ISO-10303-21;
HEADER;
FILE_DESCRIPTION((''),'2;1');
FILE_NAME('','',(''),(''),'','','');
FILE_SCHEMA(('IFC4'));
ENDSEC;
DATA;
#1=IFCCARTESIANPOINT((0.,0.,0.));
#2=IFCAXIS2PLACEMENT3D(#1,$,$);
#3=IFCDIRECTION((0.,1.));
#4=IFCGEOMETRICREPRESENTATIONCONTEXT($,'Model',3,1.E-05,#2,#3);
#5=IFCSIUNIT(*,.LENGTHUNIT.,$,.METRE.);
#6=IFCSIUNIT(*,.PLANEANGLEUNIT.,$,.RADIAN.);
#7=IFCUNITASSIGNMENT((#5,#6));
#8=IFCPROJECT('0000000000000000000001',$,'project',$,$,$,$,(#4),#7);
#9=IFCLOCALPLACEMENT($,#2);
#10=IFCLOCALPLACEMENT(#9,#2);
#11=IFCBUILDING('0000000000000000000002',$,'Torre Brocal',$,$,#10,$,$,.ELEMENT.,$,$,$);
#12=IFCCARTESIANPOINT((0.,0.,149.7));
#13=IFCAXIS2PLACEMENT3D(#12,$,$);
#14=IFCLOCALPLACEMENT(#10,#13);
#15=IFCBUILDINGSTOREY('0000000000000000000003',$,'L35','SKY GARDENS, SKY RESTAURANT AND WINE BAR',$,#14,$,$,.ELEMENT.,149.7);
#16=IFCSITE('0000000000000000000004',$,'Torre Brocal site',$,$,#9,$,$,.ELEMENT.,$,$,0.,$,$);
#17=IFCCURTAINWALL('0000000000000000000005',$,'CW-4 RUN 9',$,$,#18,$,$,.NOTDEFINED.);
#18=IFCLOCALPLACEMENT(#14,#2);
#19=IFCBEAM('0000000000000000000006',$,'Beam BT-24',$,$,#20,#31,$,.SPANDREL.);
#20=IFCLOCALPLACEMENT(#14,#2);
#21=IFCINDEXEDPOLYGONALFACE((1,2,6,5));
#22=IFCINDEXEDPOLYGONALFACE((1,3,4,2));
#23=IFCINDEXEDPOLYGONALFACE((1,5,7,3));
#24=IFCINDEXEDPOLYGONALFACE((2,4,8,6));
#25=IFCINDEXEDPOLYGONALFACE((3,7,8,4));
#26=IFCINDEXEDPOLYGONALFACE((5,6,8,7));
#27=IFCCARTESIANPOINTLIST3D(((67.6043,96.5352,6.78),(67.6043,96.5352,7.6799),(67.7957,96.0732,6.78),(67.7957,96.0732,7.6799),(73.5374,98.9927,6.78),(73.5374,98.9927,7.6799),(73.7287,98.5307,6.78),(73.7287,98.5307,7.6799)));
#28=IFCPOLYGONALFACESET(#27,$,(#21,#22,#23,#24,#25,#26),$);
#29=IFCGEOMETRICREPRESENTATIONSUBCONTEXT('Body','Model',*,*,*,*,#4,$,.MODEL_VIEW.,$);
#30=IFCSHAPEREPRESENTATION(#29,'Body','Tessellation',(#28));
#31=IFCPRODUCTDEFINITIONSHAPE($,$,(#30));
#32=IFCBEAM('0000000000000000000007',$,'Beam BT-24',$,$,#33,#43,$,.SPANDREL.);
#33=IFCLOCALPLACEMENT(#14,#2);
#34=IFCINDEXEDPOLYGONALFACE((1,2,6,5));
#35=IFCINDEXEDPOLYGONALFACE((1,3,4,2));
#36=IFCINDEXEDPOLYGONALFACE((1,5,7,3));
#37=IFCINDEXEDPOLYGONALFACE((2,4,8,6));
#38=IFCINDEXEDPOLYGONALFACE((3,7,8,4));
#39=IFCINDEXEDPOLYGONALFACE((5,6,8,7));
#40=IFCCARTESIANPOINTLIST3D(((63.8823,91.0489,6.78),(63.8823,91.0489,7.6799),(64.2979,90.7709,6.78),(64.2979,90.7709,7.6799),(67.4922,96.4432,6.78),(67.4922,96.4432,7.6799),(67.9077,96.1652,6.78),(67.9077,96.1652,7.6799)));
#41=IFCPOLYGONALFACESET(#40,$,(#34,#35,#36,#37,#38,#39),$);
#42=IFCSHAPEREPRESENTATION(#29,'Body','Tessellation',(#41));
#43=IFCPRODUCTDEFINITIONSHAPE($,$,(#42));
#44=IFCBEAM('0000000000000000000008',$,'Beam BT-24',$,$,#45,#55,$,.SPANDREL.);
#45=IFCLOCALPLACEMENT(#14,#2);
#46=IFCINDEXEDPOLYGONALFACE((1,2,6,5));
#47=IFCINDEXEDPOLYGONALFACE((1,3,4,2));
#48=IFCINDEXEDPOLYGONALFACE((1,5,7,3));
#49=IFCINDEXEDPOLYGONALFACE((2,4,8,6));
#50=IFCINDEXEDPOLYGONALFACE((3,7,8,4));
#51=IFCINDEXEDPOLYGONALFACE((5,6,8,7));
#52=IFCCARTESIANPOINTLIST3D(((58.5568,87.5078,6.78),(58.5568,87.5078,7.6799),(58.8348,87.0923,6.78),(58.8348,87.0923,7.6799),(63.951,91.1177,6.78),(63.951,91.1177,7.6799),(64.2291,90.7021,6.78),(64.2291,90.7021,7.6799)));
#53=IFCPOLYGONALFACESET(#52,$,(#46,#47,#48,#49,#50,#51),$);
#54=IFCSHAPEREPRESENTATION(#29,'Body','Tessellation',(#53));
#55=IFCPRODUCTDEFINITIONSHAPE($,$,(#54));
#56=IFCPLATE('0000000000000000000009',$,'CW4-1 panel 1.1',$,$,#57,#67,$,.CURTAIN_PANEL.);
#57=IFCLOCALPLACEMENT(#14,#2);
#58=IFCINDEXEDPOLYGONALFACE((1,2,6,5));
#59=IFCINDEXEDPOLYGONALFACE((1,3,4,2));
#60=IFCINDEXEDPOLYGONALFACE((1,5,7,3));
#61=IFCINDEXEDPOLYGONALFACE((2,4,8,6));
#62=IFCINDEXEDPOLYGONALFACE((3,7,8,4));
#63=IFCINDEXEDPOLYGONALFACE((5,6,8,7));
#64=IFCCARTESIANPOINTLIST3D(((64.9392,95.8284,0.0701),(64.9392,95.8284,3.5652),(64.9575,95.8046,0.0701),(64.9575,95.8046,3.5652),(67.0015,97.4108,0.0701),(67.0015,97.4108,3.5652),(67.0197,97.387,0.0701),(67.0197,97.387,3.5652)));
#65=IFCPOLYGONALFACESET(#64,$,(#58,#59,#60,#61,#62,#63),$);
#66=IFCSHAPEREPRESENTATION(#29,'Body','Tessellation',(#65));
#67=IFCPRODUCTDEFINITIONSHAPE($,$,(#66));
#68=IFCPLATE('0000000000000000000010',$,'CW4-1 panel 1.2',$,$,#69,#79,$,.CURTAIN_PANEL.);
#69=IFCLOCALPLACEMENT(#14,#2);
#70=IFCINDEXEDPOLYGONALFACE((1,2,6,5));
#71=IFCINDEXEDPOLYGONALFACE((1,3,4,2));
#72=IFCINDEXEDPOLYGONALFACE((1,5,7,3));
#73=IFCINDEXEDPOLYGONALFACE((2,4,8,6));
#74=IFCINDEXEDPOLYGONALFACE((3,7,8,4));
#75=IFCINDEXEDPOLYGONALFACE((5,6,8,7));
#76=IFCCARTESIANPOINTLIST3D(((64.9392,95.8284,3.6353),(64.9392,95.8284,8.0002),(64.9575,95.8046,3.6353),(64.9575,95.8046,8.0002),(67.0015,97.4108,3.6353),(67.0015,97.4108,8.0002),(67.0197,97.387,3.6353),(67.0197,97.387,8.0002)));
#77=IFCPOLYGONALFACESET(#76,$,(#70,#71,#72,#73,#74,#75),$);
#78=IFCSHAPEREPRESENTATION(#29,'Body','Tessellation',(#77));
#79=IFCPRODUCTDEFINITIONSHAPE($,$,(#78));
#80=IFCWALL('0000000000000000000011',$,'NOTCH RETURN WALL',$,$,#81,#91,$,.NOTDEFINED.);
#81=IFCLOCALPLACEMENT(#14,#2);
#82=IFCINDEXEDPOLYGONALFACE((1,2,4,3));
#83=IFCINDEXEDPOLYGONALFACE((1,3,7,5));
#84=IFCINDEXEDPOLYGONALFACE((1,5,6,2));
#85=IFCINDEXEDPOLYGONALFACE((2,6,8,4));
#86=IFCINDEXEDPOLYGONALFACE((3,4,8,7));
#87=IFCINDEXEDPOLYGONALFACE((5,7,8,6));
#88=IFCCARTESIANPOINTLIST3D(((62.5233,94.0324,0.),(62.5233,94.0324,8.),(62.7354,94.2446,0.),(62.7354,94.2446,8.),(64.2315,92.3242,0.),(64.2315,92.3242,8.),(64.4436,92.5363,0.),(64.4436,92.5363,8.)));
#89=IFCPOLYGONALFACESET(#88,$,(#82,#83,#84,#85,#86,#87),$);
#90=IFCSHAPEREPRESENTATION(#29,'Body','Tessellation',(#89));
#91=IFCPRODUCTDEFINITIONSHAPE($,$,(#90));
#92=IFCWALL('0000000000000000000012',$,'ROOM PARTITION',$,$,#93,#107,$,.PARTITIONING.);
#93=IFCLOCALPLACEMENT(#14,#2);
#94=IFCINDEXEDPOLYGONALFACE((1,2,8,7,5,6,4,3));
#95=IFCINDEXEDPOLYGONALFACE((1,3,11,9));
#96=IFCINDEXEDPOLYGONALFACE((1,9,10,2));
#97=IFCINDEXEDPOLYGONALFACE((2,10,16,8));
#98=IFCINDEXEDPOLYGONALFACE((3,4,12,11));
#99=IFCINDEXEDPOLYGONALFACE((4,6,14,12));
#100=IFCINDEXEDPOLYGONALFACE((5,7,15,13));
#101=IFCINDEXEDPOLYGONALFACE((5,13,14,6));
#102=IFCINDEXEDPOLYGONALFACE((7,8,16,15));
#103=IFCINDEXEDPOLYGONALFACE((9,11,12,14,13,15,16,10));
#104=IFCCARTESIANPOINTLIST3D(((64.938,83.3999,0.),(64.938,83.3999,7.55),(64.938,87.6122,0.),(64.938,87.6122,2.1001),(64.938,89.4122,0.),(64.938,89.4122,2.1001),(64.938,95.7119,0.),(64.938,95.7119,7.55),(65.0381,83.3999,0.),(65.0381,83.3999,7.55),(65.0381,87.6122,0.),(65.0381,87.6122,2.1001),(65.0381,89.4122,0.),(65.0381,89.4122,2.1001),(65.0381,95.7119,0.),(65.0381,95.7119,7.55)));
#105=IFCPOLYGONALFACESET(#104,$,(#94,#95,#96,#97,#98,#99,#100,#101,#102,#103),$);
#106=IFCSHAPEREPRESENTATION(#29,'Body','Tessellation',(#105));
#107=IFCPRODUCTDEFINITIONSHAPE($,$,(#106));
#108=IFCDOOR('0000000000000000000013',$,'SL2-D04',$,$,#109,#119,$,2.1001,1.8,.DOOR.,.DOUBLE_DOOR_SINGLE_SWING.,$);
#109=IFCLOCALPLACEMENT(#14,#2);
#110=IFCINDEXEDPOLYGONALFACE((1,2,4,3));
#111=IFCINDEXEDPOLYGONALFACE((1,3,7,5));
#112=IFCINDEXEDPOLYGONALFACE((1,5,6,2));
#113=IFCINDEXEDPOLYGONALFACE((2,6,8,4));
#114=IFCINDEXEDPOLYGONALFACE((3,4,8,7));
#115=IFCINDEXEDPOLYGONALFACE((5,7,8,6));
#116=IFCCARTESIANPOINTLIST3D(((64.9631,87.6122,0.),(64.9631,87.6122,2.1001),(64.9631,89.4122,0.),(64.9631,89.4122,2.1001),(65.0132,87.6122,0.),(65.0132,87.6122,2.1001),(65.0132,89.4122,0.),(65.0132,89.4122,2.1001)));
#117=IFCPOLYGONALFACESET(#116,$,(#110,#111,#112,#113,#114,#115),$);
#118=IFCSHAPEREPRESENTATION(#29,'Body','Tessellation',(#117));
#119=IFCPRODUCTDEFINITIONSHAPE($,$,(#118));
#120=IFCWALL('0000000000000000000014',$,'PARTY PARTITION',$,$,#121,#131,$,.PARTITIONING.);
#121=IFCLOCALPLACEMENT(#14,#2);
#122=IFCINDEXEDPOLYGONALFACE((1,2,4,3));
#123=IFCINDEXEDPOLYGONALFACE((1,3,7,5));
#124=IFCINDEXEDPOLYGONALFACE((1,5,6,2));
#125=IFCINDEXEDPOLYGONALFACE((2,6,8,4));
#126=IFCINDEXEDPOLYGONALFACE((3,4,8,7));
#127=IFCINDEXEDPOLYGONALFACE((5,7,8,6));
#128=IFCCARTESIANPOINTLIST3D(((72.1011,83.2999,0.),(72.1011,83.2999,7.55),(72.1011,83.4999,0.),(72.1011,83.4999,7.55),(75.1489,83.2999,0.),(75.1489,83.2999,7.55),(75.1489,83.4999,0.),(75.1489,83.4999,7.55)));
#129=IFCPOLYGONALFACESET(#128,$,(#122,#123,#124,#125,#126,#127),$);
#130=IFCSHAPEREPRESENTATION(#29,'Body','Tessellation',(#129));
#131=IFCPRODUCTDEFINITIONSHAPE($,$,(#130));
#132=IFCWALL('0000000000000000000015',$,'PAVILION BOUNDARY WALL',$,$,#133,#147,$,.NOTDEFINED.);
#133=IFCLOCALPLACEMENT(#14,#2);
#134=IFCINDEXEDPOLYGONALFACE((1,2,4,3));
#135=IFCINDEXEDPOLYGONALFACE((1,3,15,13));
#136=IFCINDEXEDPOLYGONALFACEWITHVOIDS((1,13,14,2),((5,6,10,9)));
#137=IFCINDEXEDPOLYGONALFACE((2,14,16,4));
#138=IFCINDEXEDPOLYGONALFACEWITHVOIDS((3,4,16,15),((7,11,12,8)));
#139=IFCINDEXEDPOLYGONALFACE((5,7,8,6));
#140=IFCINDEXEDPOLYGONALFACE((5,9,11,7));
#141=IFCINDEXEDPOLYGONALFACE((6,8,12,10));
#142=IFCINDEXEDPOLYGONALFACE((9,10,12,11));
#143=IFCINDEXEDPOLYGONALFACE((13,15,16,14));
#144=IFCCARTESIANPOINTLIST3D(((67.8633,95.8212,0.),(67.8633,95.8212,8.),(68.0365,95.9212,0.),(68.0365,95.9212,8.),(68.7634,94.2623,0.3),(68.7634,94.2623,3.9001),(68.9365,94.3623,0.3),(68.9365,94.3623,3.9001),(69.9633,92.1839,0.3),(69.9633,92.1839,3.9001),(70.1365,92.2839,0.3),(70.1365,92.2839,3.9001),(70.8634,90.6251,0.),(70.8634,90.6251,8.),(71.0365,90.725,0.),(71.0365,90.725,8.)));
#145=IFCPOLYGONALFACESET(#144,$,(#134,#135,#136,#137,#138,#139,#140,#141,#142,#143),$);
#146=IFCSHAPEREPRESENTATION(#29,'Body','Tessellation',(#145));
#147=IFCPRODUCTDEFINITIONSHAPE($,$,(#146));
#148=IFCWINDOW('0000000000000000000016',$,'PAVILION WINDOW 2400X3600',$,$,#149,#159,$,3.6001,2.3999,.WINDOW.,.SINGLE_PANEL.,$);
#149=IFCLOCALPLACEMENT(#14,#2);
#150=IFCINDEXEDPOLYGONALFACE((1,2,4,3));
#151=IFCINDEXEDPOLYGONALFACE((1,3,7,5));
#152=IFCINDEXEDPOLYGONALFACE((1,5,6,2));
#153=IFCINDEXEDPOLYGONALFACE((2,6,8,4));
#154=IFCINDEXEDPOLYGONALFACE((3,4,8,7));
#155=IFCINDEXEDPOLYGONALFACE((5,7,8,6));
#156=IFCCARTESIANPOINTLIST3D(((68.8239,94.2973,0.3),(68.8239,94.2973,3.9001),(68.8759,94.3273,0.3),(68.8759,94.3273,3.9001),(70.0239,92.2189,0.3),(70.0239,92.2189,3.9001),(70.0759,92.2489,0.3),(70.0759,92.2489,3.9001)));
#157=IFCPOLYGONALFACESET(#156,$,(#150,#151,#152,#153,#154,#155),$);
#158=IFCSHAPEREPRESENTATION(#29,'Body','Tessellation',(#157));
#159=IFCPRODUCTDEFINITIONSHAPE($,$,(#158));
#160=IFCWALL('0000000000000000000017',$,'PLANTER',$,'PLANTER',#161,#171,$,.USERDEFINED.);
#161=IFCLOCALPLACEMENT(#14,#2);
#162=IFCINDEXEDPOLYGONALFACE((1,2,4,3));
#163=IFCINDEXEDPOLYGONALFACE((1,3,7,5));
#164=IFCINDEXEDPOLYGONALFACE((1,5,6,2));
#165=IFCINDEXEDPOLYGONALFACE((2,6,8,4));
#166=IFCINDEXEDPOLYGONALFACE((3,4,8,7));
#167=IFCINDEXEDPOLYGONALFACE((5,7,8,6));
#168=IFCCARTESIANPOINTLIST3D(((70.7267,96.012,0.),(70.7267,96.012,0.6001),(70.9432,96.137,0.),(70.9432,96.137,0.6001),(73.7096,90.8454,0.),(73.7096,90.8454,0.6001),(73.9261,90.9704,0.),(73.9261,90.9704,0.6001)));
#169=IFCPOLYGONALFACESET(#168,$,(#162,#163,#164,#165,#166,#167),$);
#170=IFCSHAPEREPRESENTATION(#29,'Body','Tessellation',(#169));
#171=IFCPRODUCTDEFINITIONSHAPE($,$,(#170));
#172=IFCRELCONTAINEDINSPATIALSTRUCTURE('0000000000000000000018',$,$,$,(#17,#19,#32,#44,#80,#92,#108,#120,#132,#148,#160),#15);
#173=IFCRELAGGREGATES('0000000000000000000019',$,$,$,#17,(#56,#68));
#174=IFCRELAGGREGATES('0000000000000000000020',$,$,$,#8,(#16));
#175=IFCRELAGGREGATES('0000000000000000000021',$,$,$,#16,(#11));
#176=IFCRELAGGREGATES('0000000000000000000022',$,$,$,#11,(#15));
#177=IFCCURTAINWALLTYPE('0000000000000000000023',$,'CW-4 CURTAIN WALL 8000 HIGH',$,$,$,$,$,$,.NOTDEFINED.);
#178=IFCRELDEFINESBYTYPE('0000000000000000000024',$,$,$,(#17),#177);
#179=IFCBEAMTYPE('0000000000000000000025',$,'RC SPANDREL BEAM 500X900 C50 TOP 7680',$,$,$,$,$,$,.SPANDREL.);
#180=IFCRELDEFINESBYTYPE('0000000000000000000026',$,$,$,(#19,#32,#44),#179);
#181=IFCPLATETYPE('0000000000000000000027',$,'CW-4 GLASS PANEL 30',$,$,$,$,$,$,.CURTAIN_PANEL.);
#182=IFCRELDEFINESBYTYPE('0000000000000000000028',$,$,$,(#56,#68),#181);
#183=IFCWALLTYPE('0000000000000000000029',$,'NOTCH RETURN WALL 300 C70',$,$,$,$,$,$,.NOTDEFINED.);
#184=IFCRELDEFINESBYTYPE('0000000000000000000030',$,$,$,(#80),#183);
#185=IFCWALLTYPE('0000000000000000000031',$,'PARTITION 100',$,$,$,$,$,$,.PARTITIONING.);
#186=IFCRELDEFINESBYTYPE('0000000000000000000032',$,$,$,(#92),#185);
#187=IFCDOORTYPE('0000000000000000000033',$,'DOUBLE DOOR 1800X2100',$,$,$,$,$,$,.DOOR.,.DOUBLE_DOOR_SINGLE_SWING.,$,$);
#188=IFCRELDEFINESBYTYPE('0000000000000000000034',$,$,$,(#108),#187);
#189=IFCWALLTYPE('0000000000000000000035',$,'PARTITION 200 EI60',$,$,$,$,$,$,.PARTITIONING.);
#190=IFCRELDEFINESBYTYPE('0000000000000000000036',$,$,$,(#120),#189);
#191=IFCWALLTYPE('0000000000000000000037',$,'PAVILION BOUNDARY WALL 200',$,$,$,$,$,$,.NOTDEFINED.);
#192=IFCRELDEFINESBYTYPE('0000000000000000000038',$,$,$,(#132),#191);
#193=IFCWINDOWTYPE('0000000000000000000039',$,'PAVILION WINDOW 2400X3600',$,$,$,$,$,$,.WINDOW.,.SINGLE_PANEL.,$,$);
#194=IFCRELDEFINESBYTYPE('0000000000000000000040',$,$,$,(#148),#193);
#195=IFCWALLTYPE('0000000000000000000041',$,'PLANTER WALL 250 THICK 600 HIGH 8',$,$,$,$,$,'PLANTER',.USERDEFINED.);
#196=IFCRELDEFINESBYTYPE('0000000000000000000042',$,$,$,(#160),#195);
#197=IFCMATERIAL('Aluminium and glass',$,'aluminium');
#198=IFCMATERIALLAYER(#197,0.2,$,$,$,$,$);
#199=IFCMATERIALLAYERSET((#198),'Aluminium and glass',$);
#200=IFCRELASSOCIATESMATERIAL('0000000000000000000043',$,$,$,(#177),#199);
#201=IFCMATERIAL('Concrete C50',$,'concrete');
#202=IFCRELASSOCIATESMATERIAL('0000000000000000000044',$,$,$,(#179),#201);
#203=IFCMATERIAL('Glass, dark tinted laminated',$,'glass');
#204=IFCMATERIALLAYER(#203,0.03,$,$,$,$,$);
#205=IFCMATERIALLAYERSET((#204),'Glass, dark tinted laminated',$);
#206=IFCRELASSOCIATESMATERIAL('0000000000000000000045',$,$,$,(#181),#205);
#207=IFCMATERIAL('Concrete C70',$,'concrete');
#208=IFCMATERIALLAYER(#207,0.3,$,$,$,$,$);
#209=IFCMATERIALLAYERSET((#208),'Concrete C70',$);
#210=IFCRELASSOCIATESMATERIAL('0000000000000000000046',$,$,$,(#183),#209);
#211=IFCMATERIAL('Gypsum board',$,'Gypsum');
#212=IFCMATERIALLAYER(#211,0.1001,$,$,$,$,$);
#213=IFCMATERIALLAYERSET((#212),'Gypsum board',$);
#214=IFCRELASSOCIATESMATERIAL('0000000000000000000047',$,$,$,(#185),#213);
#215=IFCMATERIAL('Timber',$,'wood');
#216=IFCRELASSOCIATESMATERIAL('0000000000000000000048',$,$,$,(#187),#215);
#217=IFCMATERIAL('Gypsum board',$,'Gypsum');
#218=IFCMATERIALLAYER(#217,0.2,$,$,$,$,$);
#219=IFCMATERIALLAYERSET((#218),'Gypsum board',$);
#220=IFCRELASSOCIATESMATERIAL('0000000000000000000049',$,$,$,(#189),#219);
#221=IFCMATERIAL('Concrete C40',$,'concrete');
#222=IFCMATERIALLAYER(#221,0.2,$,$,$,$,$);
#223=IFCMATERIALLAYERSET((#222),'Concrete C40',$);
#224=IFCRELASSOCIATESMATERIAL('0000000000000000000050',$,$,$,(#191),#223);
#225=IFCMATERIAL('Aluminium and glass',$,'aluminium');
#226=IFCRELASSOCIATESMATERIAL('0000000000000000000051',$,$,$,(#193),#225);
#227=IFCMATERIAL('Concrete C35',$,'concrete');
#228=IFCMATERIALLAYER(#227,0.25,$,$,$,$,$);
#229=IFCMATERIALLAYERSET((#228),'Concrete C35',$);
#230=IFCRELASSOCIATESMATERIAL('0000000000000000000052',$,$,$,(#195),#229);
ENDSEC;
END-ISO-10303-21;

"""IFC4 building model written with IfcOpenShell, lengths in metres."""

from ifc_helpers import new_model, si_unit, direction, frame, frame_2d, origin, origin_2d, place, context, subcontext, project, spatial, rectangle, extrude, material, layer, layer_set, material_profile, profile_set, type_object, element, fill, aggregate, save


model = new_model("IFC4")

# Units and contexts
model_context = context("Model", 3, precision=1e-05, world=origin(), true_north=direction((0.0, 1.0)))
body_context = subcontext(model_context, "Body", "Model", "MODEL_VIEW")
ifc_project = project(units=[si_unit("LENGTHUNIT", "METRE"), si_unit("PLANEANGLEUNIT", "RADIAN")], contexts=[model_context])

# Site, building, storey
site_placement = place(None, origin())
site = spatial("IfcSite", under=ifc_project, at=site_placement, Name="Torre Brocal site", CompositionType="ELEMENT", RefElevation=0.0)
building_placement = place(site_placement, origin())
building = spatial("IfcBuilding", under=site, at=building_placement, Name="Torre Brocal", CompositionType="ELEMENT")
storey_placement = place(building_placement, frame((0.0, 0.0, 149.7)))
storey = spatial("IfcBuildingStorey", under=building, at=storey_placement, Name="L35", Description="SKY GARDENS, SKY RESTAURANT AND WINE BAR", CompositionType="ELEMENT", Elevation=149.7)

# Curtain wall
ifc_material_1 = material(Name="Aluminium and glass", Category="aluminium")
ifc_layer_1 = layer(ifc_material_1, 0.2)
ifc_layer_set_1 = layer_set([ifc_layer_1], Name="Aluminium and glass")
curtain_wall_type = type_object("IfcCurtainWallType", Name="CW-4 CURTAIN WALL 8000 HIGH", PredefinedType="NOTDEFINED", material=ifc_layer_set_1)
curtain_wall_placement = place(storey_placement, origin())
curtain_wall = element("IfcCurtainWall", 1, at=curtain_wall_placement, inside=storey, type_object=curtain_wall_type, Name="CW-4 RUN 9", PredefinedType="NOTDEFINED")

# Beams
ifc_material_2 = material(Name="Concrete C50", Category="concrete")
ifc_material_profile_1 = material_profile(ifc_material_2, rectangle(XDim=0.5, YDim=0.8999, at=origin_2d()), Name="RC 500X900")
ifc_profile_set_1 = profile_set([ifc_material_profile_1], Name="Concrete C50")
beam_type_1 = type_object("IfcBeamType", Name="RC SPANDREL BEAM 500X900 C50 TOP 7680", PredefinedType="SPANDREL", material=ifc_profile_set_1)
beam_1_placement = place(storey_placement, frame((73.6331, 98.7617, 7.23), z_axis=(-0.923882, -0.382676, 0.0), x_axis=(0.382676, -0.923882, 0.0)))
element("IfcBeam", 2, at=beam_1_placement, inside=storey, type_object=beam_type_1, Name="Beam BT-24", PredefinedType="SPANDREL", context=body_context, shape_type="SweptSolid", body=[
    extrude(rectangle(XDim=0.5, YDim=0.8999, at=origin_2d()), origin(), (0.0, 0.0, 1.0), 6.4219),
])
for number, where, z_axis, x_axis, name in (
    (3, (67.7, 96.3042, 7.23), (-0.556158, -0.831077, 0.0), (0.831077, -0.556158, 0.0), "Beam BT-24"),
    (4, (64.0901, 90.9099, 7.23), (-0.831077, -0.556158, 0.0), (0.556158, -0.831077, 0.0), "Beam BT-24"),
):
    element("IfcBeam", number, at=place(storey_placement, frame(where, z_axis=z_axis, x_axis=x_axis)), inside=storey, type_object=beam_type_1, Name=name, PredefinedType="SPANDREL", context=body_context, shape_type="SweptSolid", body=[
        extrude(rectangle(XDim=0.5, YDim=0.8999, at=origin_2d()), origin(), (0.0, 0.0, 1.0), 6.4907),
    ])

# Plates
ifc_material_3 = material(Name="Glass, dark tinted laminated", Category="glass")
ifc_layer_2 = layer(ifc_material_3, 0.03)
ifc_layer_set_2 = layer_set([ifc_layer_2], Name="Glass, dark tinted laminated")
plate_type = type_object("IfcPlateType", Name="CW-4 GLASS PANEL 30", PredefinedType="CURTAIN_PANEL", material=ifc_layer_set_2)
plate_1_placement = place(storey_placement, frame((65.9795, 96.6077, 0.0701), z_axis=(0.0, 0.0, 1.0), x_axis=(-0.793353, -0.608761, 0.0)))
plate_1 = element("IfcPlate", 5, at=plate_1_placement, type_object=plate_type, Name="CW4-1 panel 1.1", PredefinedType="CURTAIN_PANEL", context=body_context, shape_type="SweptSolid", body=[
    extrude(rectangle(XDim=2.5994, YDim=0.03, at=origin_2d()), origin(), (0.0, 0.0, 1.0), 3.4951),
])
plate_2_placement = place(storey_placement, frame((65.9795, 96.6077, 3.6353), z_axis=(0.0, 0.0, 1.0), x_axis=(-0.793353, -0.608761, 0.0)))
plate_2 = element("IfcPlate", 6, at=plate_2_placement, type_object=plate_type, Name="CW4-1 panel 1.2", PredefinedType="CURTAIN_PANEL", context=body_context, shape_type="SweptSolid", body=[
    extrude(rectangle(XDim=2.5994, YDim=0.03, at=origin_2d()), origin(), (0.0, 0.0, 1.0), 4.365),
])
aggregate(curtain_wall, [plate_1, plate_2])

# Wall
ifc_material_4 = material(Name="Concrete C70", Category="concrete")
ifc_layer_3 = layer(ifc_material_4, 0.3)
ifc_layer_set_3 = layer_set([ifc_layer_3], Name="Concrete C70")
wall_type_1 = type_object("IfcWallType", Name="NOTCH RETURN WALL 300 C70", PredefinedType="NOTDEFINED", material=ifc_layer_set_3)
wall_1_placement = place(storey_placement, frame((64.3376, 92.4302, 0.0), z_axis=(0.0, 0.0, 1.0), x_axis=(-0.707107, 0.707107, 0.0)))
element("IfcWall", 7, at=wall_1_placement, inside=storey, type_object=wall_type_1, Name="NOTCH RETURN WALL", PredefinedType="NOTDEFINED", context=body_context, shape_type="SweptSolid", body=[
    extrude(rectangle(XDim=2.4158, YDim=0.3, at=frame_2d((1.208, 0.0))), origin(), (0.0, 0.0, 1.0), 8.0),
])

# Wall, opening, door
ifc_material_5 = material(Name="Gypsum board", Category="Gypsum")
ifc_layer_4 = layer(ifc_material_5, 0.1001)
ifc_layer_set_4 = layer_set([ifc_layer_4], Name="Gypsum board")
wall_type_2 = type_object("IfcWallType", Name="PARTITION 100", PredefinedType="PARTITIONING", material=ifc_layer_set_4)
wall_2_placement = place(storey_placement, frame((64.988, 83.3999, 0.0), z_axis=(0.0, 0.0, 1.0), x_axis=(0.0, 1.0, 0.0)))
wall_2 = element("IfcWall", 8, at=wall_2_placement, inside=storey, type_object=wall_type_2, Name="ROOM PARTITION", PredefinedType="PARTITIONING", context=body_context, shape_type="SweptSolid", body=[
    extrude(rectangle(XDim=12.312, YDim=0.1001, at=frame_2d((6.156, 0.0))), origin(), (0.0, 0.0, 1.0), 7.55),
])
opening_1_placement = place(wall_2_placement, frame((4.2124, 0.0, 0.0)))
opening_1 = element("IfcOpeningElement", 9, at=opening_1_placement, cuts=wall_2, PredefinedType="OPENING", context=body_context, shape_type="SweptSolid", body=[
    extrude(rectangle(XDim=1.8, YDim=2.1001, at=frame_2d((0.8999, 1.05))), frame((0.0, 0.0601, 0.0), z_axis=(0.0, -1.0, 0.0), x_axis=(1.0, 0.0, 0.0)), (0.0, 0.0, 1.0), 0.1201),
])
ifc_material_6 = material(Name="Timber", Category="wood")
door_type = type_object("IfcDoorType", Name="DOUBLE DOOR 1800X2100", OperationType="DOUBLE_DOOR_SINGLE_SWING", PredefinedType="DOOR", material=ifc_material_6)
door_placement = place(opening_1_placement, origin())
door = element("IfcDoor", 10, at=door_placement, inside=storey, type_object=door_type, Name="SL2-D04", OperationType="DOUBLE_DOOR_SINGLE_SWING", OverallHeight=2.1001, OverallWidth=1.8, PredefinedType="DOOR", context=body_context, shape_type="SweptSolid", body=[
    extrude(rectangle(XDim=1.8, YDim=2.1001, at=frame_2d((0.8999, 1.05))), frame((0.0, 0.0249, 0.0), z_axis=(0.0, -1.0, 0.0), x_axis=(1.0, 0.0, 0.0)), (0.0, 0.0, 1.0), 0.05),
])
fill(opening_1, door)

# Wall
ifc_material_7 = material(Name="Gypsum board", Category="Gypsum")
ifc_layer_5 = layer(ifc_material_7, 0.2)
ifc_layer_set_5 = layer_set([ifc_layer_5], Name="Gypsum board")
wall_type_3 = type_object("IfcWallType", Name="PARTITION 200 EI60", PredefinedType="PARTITIONING", material=ifc_layer_set_5)
wall_3_placement = place(storey_placement, frame((72.1011, 83.3999, 0.0), z_axis=(0.0, 0.0, 1.0), x_axis=(1.0, 0.0, 0.0)))
element("IfcWall", 11, at=wall_3_placement, inside=storey, type_object=wall_type_3, Name="PARTY PARTITION", PredefinedType="PARTITIONING", context=body_context, shape_type="SweptSolid", body=[
    extrude(rectangle(XDim=3.0479, YDim=0.2, at=frame_2d((1.5239, 0.0))), origin(), (0.0, 0.0, 1.0), 7.55),
])

# Wall, opening, window
ifc_material_8 = material(Name="Concrete C40", Category="concrete")
ifc_layer_6 = layer(ifc_material_8, 0.2)
ifc_layer_set_6 = layer_set([ifc_layer_6], Name="Concrete C40")
wall_type_4 = type_object("IfcWallType", Name="PAVILION BOUNDARY WALL 200", PredefinedType="NOTDEFINED", material=ifc_layer_set_6)
wall_4_placement = place(storey_placement, frame((70.95, 90.675, 0.0), z_axis=(0.0, 0.0, 1.0), x_axis=(-0.500008, 0.866021, 0.0)))
wall_4 = element("IfcWall", 12, at=wall_4_placement, inside=storey, type_object=wall_type_4, Name="PAVILION BOUNDARY WALL", PredefinedType="NOTDEFINED", context=body_context, shape_type="SweptSolid", body=[
    extrude(rectangle(XDim=6.0, YDim=0.2, at=frame_2d((3.0, 0.0))), origin(), (0.0, 0.0, 1.0), 8.0),
])
opening_2_placement = place(wall_4_placement, frame((1.8, 0.0, 0.3)))
opening_2 = element("IfcOpeningElement", 13, at=opening_2_placement, cuts=wall_4, PredefinedType="OPENING", context=body_context, shape_type="SweptSolid", body=[
    extrude(rectangle(XDim=2.3999, YDim=3.6001, at=frame_2d((1.2, 1.8))), frame((0.0, 0.1099, 0.0), z_axis=(0.0, -1.0, 0.0), x_axis=(1.0, 0.0, 0.0)), (0.0, 0.0, 1.0), 0.22),
])
ifc_material_9 = material(Name="Aluminium and glass", Category="aluminium")
window_type = type_object("IfcWindowType", Name="PAVILION WINDOW 2400X3600", PartitioningType="SINGLE_PANEL", PredefinedType="WINDOW", material=ifc_material_9)
window_placement = place(opening_2_placement, origin())
window = element("IfcWindow", 14, at=window_placement, inside=storey, type_object=window_type, Name="PAVILION WINDOW 2400X3600", OverallHeight=3.6001, OverallWidth=2.3999, PartitioningType="SINGLE_PANEL", PredefinedType="WINDOW", context=body_context, shape_type="SweptSolid", body=[
    extrude(rectangle(XDim=2.3999, YDim=3.6001, at=frame_2d((1.2, 1.8))), frame((0.0, 0.03, 0.0), z_axis=(0.0, -1.0, 0.0), x_axis=(1.0, 0.0, 0.0)), (0.0, 0.0, 1.0), 0.0601),
])
fill(opening_2, window)

# Wall
ifc_material_10 = material(Name="Concrete C35", Category="concrete")
ifc_layer_7 = layer(ifc_material_10, 0.25)
ifc_layer_set_7 = layer_set([ifc_layer_7], Name="Concrete C35")
wall_type_5 = type_object("IfcWallType", Name="PLANTER WALL 250 THICK 600 HIGH 8", ElementType="PLANTER", PredefinedType="USERDEFINED", material=ifc_layer_set_7)
wall_5_placement = place(storey_placement, frame((70.835, 96.0745, 0.0), z_axis=(0.0, 0.0, 1.0), x_axis=(0.500003, -0.866023, 0.0)))
element("IfcWall", 15, at=wall_5_placement, inside=storey, type_object=wall_type_5, Name="PLANTER", ObjectType="PLANTER", PredefinedType="USERDEFINED", context=body_context, shape_type="SweptSolid", body=[
    extrude(rectangle(XDim=5.9658, YDim=0.25, at=frame_2d((2.9829, 0.0))), origin(), (0.0, 0.0, 1.0), 0.6001),
])

save(model, "model.ifc")
